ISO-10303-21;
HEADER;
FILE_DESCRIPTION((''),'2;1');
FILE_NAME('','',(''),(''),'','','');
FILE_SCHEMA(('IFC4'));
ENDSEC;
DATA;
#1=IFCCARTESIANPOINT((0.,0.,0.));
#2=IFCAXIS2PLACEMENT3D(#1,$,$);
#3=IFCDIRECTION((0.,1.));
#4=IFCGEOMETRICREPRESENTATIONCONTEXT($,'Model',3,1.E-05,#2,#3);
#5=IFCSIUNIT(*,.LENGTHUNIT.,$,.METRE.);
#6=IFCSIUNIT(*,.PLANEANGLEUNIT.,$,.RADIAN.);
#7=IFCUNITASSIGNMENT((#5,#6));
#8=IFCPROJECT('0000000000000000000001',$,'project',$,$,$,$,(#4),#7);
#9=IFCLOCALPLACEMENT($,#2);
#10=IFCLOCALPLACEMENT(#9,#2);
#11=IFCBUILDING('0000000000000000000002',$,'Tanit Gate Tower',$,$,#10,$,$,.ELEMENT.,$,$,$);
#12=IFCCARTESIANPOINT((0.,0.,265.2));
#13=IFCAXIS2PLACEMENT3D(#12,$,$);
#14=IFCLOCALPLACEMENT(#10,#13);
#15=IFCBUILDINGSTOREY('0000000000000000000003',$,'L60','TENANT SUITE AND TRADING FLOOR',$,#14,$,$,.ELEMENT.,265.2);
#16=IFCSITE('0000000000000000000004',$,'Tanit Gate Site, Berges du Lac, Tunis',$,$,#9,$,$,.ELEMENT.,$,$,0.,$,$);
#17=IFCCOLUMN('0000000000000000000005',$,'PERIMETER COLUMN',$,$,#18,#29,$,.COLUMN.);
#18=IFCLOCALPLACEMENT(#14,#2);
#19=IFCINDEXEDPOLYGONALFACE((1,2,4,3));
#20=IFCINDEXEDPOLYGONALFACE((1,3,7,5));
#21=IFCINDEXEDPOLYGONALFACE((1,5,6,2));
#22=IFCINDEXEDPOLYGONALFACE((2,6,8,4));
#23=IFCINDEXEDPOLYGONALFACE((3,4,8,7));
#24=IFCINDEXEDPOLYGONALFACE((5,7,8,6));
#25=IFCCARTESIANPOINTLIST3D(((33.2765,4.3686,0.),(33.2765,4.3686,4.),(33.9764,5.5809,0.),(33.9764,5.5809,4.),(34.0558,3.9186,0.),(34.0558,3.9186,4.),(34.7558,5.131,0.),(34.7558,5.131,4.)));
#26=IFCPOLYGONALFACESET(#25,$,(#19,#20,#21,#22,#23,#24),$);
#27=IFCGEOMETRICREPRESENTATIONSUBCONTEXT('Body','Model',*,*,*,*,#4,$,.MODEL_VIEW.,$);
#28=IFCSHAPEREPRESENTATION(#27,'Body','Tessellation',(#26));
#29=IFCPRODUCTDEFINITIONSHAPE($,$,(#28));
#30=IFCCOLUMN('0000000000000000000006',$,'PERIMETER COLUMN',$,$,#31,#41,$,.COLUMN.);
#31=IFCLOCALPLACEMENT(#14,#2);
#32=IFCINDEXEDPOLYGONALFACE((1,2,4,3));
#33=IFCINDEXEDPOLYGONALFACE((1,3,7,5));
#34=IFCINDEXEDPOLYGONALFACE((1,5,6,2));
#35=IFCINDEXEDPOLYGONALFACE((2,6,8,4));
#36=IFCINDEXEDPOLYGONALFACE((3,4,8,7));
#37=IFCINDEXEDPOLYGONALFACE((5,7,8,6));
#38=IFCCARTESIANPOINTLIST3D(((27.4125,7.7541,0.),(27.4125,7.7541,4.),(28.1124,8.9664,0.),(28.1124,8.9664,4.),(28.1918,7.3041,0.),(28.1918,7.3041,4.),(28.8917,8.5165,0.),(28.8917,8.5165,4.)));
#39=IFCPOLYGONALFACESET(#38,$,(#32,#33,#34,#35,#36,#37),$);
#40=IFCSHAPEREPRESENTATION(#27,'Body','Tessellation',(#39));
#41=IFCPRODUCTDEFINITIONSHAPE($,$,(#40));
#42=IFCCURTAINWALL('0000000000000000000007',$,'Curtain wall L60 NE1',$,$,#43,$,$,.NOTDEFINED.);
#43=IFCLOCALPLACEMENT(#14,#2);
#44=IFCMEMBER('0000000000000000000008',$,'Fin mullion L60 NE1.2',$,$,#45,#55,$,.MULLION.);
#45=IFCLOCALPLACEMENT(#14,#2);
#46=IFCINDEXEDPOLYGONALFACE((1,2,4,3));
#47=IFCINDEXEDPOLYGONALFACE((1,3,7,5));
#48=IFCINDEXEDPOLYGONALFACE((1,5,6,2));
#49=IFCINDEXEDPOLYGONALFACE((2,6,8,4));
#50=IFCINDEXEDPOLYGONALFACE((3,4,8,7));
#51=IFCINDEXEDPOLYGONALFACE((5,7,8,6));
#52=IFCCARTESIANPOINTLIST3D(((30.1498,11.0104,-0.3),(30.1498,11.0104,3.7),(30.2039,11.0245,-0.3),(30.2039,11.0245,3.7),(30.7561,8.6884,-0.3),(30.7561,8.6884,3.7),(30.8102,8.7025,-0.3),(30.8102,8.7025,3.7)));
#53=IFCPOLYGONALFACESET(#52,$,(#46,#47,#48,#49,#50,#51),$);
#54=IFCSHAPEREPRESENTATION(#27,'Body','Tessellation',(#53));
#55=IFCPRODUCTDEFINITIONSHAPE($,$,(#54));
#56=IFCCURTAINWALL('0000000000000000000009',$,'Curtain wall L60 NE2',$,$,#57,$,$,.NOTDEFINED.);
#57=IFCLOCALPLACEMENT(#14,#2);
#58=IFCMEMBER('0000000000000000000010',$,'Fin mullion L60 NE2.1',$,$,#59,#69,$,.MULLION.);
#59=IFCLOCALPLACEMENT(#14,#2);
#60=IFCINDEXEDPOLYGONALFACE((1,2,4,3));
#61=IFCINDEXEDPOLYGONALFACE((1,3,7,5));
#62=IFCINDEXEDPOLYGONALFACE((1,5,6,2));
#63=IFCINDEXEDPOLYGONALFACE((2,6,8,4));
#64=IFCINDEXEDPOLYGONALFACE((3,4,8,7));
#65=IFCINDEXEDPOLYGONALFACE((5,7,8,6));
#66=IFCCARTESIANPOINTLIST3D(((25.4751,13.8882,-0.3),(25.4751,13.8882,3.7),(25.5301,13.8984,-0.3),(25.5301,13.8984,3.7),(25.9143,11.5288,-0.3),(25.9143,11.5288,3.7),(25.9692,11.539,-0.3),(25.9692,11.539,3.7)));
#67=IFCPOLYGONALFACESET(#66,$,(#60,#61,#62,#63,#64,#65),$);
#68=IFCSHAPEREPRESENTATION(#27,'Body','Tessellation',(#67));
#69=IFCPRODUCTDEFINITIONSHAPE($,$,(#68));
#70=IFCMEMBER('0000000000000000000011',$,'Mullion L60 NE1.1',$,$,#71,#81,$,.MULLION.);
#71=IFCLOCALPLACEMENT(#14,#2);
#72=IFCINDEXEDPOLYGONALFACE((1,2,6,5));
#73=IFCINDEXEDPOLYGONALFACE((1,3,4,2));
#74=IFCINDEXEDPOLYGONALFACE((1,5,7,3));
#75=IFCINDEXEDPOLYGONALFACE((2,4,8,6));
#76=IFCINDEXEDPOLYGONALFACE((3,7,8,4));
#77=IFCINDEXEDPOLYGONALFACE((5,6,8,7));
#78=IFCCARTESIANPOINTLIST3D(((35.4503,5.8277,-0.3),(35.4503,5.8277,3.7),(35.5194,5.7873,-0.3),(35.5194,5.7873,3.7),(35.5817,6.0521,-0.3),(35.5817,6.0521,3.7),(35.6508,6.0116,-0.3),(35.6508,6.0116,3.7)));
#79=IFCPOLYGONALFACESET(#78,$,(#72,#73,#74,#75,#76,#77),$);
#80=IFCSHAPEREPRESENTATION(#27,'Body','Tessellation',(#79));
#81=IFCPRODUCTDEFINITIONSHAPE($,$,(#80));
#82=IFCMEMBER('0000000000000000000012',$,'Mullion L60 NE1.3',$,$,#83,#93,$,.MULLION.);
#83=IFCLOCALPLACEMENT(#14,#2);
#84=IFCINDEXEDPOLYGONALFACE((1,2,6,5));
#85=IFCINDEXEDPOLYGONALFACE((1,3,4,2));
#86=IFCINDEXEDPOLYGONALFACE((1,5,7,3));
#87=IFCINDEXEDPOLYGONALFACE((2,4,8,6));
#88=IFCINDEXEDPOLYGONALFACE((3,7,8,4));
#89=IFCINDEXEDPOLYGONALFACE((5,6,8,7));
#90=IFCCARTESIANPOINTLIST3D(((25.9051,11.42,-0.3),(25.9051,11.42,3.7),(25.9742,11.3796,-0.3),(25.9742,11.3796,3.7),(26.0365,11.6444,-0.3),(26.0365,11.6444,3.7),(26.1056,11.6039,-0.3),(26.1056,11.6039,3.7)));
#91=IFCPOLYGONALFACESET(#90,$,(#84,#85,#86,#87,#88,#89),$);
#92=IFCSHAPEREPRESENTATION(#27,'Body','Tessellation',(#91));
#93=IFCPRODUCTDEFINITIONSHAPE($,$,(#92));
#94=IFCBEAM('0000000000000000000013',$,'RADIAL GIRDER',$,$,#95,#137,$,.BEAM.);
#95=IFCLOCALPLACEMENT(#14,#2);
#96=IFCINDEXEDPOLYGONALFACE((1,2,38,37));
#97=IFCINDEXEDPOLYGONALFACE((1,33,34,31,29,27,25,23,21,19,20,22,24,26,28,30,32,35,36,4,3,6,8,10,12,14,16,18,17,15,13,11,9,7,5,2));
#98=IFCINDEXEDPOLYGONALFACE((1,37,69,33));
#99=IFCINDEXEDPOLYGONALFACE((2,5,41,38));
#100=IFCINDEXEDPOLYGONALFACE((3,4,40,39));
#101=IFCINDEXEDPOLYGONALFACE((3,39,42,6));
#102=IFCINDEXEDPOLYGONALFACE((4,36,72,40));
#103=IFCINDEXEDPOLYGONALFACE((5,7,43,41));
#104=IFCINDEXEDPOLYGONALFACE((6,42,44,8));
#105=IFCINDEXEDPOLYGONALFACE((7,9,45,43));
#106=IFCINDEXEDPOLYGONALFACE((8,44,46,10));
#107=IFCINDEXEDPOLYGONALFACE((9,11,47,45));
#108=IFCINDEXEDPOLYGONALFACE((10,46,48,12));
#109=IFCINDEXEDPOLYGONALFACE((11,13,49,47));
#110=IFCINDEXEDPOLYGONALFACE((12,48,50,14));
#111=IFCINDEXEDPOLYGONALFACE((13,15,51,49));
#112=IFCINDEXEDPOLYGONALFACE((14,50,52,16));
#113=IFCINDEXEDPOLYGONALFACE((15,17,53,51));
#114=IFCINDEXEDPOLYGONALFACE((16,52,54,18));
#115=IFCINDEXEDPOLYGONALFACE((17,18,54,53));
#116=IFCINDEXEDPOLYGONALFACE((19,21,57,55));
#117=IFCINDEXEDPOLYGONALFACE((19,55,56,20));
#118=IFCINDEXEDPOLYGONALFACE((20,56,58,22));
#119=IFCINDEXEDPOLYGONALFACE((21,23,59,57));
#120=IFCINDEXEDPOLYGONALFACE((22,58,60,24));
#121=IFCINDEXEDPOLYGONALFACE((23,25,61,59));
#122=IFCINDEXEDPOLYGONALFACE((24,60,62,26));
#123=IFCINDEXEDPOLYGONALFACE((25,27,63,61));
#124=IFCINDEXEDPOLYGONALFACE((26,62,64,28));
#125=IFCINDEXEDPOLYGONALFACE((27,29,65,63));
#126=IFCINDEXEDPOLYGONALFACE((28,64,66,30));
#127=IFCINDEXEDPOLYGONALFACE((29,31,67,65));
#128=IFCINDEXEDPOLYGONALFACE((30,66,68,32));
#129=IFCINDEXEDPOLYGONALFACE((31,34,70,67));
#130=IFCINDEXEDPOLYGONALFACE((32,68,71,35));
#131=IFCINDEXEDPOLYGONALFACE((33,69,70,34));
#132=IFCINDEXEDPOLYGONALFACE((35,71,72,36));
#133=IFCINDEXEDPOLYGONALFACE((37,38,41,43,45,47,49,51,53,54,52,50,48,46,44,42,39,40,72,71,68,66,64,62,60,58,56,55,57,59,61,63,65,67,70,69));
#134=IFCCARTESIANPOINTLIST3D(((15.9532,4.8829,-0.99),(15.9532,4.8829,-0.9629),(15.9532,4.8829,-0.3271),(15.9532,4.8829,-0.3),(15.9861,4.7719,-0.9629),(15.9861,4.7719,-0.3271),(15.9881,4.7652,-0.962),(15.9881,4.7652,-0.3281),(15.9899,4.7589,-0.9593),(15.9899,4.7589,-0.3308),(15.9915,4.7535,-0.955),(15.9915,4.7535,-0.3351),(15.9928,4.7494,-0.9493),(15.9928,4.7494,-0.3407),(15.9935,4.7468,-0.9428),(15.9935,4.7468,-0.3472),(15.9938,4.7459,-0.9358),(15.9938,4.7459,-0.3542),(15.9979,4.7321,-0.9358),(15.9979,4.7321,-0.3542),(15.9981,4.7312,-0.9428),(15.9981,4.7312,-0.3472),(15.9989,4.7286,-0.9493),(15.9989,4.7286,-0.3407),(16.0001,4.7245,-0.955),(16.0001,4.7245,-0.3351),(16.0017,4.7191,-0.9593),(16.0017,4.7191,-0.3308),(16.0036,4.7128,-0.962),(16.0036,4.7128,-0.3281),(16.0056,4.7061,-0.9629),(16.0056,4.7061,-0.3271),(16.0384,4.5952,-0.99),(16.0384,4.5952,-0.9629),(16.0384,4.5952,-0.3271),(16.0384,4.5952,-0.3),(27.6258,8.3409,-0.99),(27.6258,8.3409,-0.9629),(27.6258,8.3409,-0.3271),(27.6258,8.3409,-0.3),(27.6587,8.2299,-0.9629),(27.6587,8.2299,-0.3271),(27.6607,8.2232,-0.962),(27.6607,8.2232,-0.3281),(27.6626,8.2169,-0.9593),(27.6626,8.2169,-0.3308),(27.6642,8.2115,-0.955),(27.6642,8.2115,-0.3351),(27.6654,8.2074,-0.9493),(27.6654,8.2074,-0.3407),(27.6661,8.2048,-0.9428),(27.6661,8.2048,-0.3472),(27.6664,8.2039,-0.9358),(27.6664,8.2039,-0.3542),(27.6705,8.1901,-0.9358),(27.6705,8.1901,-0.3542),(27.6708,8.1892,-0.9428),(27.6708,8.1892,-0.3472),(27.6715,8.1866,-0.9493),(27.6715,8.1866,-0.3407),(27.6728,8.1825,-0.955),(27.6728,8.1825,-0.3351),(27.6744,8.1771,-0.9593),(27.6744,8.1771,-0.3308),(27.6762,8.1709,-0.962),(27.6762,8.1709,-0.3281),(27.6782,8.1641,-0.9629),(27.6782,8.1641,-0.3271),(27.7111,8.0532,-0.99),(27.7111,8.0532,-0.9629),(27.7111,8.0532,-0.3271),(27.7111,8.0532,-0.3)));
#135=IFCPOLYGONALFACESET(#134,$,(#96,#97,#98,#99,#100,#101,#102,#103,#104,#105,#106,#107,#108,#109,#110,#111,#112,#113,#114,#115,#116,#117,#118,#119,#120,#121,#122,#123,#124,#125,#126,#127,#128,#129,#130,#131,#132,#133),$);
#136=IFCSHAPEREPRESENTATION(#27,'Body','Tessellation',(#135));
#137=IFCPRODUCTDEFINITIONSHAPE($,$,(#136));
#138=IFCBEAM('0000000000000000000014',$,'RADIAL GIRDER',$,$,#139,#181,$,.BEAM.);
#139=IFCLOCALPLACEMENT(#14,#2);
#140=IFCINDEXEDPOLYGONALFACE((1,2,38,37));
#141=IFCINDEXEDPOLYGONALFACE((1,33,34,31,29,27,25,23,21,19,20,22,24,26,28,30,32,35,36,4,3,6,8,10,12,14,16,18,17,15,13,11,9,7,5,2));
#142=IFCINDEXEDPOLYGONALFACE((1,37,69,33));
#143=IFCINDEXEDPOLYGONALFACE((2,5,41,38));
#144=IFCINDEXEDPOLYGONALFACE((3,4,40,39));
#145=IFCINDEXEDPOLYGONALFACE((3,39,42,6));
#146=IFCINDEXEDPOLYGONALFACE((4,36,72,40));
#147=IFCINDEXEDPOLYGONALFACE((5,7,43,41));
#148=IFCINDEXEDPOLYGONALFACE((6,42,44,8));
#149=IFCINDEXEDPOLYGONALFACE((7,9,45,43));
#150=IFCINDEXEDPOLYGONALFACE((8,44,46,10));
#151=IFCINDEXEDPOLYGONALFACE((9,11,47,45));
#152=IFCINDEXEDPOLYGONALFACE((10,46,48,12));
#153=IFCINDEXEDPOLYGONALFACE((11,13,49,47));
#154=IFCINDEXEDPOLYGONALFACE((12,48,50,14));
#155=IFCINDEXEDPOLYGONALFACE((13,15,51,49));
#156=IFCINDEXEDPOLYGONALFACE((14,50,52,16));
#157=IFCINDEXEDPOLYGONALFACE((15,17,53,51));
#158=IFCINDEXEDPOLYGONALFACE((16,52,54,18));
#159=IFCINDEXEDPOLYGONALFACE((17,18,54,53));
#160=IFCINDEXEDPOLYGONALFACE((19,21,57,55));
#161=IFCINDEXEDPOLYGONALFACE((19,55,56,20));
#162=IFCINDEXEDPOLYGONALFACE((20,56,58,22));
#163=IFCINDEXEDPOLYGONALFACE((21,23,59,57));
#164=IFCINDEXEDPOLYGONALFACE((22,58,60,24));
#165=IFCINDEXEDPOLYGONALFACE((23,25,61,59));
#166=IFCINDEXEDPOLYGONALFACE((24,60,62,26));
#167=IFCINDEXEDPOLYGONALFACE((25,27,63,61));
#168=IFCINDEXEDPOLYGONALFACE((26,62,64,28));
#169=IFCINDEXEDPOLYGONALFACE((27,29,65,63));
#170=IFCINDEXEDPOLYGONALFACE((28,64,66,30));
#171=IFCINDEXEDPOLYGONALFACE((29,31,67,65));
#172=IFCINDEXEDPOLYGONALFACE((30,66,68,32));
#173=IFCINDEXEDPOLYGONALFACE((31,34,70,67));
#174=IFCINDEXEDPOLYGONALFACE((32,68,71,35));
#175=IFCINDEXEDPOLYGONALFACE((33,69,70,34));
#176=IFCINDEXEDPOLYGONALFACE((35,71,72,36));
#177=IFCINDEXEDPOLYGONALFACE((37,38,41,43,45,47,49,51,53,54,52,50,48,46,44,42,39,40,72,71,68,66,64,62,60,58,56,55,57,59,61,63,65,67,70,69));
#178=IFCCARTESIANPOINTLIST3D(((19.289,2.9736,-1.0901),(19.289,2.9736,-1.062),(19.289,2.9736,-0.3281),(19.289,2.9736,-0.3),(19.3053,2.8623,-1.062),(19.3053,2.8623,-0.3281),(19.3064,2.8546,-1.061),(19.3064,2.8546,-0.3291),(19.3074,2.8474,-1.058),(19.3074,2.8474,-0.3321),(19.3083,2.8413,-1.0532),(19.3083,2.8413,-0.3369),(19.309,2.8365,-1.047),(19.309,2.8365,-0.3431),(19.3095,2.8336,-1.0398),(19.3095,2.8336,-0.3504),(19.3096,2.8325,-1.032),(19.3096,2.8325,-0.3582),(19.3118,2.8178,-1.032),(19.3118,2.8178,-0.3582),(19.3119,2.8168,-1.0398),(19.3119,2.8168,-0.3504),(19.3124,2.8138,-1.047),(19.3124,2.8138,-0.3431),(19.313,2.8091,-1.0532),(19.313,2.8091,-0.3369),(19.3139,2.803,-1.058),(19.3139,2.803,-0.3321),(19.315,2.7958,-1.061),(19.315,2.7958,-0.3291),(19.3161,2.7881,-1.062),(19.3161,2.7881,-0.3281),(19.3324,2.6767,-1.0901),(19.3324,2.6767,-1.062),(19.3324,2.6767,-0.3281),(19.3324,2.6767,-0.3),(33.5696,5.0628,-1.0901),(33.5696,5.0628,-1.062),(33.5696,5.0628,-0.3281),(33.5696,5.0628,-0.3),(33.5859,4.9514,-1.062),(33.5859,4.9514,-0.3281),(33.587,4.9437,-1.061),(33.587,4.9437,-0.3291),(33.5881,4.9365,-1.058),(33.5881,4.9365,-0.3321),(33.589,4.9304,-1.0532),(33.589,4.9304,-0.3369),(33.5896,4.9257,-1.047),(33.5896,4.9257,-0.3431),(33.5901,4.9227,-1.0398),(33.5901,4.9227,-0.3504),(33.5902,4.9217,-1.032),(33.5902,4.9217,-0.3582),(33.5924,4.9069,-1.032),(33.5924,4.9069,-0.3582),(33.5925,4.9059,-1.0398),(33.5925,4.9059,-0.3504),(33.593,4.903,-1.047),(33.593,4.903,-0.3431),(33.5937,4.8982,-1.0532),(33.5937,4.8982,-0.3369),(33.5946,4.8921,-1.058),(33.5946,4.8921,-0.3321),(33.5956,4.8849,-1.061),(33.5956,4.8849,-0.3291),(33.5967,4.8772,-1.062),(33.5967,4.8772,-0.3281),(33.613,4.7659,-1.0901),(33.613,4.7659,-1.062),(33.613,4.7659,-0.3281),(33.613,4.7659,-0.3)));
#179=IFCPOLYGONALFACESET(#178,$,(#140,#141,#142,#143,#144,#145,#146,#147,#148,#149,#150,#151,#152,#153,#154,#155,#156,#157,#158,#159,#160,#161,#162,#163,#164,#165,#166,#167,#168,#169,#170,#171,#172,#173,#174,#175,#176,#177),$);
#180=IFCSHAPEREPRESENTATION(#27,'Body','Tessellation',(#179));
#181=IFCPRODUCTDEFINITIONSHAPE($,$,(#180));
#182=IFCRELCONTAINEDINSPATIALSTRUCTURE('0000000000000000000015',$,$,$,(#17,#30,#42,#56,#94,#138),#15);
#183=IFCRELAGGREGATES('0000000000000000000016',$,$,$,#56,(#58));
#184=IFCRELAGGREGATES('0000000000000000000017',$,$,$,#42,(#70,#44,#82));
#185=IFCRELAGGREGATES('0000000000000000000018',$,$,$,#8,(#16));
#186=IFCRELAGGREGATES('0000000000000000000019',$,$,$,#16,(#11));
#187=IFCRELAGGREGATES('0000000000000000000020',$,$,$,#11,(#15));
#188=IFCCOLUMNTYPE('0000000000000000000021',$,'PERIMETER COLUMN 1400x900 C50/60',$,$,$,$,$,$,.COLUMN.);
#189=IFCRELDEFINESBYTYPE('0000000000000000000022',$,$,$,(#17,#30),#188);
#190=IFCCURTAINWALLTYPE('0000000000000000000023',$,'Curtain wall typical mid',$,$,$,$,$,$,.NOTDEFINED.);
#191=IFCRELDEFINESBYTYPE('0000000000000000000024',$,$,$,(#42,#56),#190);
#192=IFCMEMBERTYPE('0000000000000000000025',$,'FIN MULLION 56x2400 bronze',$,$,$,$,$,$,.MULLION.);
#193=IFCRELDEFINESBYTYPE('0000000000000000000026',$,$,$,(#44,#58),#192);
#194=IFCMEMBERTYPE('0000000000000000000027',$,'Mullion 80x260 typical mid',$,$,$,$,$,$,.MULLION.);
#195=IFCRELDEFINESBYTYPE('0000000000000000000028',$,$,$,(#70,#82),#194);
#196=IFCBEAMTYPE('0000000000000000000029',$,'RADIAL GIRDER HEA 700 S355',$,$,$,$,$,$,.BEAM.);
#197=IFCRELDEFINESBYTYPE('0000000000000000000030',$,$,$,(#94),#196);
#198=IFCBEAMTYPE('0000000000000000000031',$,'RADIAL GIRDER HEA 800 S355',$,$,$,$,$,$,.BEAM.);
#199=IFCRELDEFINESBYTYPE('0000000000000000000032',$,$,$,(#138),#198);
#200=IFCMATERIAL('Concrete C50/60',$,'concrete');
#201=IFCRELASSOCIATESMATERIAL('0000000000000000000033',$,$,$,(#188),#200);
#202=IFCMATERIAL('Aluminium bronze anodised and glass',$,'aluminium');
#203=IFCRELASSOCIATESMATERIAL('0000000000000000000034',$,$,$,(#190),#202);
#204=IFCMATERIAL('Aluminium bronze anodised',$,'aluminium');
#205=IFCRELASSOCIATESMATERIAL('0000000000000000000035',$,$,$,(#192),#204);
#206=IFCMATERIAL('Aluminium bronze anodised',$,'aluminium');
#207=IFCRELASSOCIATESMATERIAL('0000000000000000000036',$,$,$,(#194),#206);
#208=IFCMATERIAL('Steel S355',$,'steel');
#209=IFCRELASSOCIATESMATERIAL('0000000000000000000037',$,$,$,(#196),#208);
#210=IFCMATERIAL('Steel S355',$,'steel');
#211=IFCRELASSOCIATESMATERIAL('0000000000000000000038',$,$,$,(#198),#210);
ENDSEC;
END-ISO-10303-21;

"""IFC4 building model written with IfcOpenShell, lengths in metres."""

from ifc_helpers import new_model, si_unit, direction, frame, origin, origin_2d, place, context, subcontext, project, spatial, rectangle, i_section, extrude, material, material_profile, profile_set, type_object, element, aggregate, save


model = new_model("IFC4")

# Units and contexts
model_context = context("Model", 3, precision=1e-05, world=origin(), true_north=direction((0.0, 1.0)))
body_context = subcontext(model_context, "Body", "Model", "MODEL_VIEW")
ifc_project = project(units=[si_unit("LENGTHUNIT", "METRE"), si_unit("PLANEANGLEUNIT", "RADIAN")], contexts=[model_context])

# Site, building, storey
site_placement = place(None, origin())
site = spatial("IfcSite", under=ifc_project, at=site_placement, Name="Tanit Gate Site, Berges du Lac, Tunis", CompositionType="ELEMENT", RefElevation=0.0)
building_placement = place(site_placement, origin())
building = spatial("IfcBuilding", under=site, at=building_placement, Name="Tanit Gate Tower", CompositionType="ELEMENT")
storey_placement = place(building_placement, frame((0.0, 0.0, 265.2)))
storey = spatial("IfcBuildingStorey", under=building, at=storey_placement, Name="L60", Description="TENANT SUITE AND TRADING FLOOR", CompositionType="ELEMENT", Elevation=265.2)

# Columns
ifc_material_1 = material(Name="Concrete C50/60", Category="concrete")
ifc_material_profile_1 = material_profile(ifc_material_1, rectangle(XDim=1.3999, YDim=0.8999, at=origin_2d()), Name="RC 1400x900")
ifc_profile_set_1 = profile_set([ifc_material_profile_1], Name="Concrete C50/60")
column_type = type_object("IfcColumnType", Name="PERIMETER COLUMN 1400x900 C50/60", PredefinedType="COLUMN", material=ifc_profile_set_1)
for number, where, z_axis, x_axis, name in (
    (1, (34.0161, 4.7498, 0.0), (0.0, 0.0, 1.0), (0.5, 0.866025, 0.0), "PERIMETER COLUMN"),
    (2, (28.1521, 8.1353, 0.0), (0.0, 0.0, 1.0), (0.5, 0.866025, 0.0), "PERIMETER COLUMN"),
):
    element("IfcColumn", number, at=place(storey_placement, frame(where, z_axis=z_axis, x_axis=x_axis)), inside=storey, type_object=column_type, Name=name, PredefinedType="COLUMN", context=body_context, shape_type="SweptSolid", body=[
        extrude(rectangle(XDim=1.3999, YDim=0.8999, at=origin_2d()), origin(), (0.0, 0.0, 1.0), 4.0),
    ])

# Curtain walls, members
ifc_material_2 = material(Name="Aluminium bronze anodised and glass", Category="aluminium")
curtain_wall_type = type_object("IfcCurtainWallType", Name="Curtain wall typical mid", PredefinedType="NOTDEFINED", material=ifc_material_2)
curtain_wall_1_placement = place(storey_placement, origin())
curtain_wall_1 = element("IfcCurtainWall", 3, at=curtain_wall_1_placement, inside=storey, type_object=curtain_wall_type, Name="Curtain wall L60 NE1", PredefinedType="NOTDEFINED")
ifc_material_3 = material(Name="Aluminium bronze anodised", Category="aluminium")
ifc_material_profile_2 = material_profile(ifc_material_3, rectangle(XDim=2.3999, YDim=0.0559, at=origin_2d()), Name="56x2400 bronze fin mullion")
ifc_profile_set_2 = profile_set([ifc_material_profile_2], Name="Aluminium bronze anodised")
member_type_1 = type_object("IfcMemberType", Name="FIN MULLION 56x2400 bronze", PredefinedType="MULLION", material=ifc_profile_set_2)
member_1_placement = place(storey_placement, frame((30.48, 9.8564, -0.3), z_axis=(0.0, 0.0, 1.0), x_axis=(0.252657, -0.967556, 0.0)))
member_1 = element("IfcMember", 4, at=member_1_placement, type_object=member_type_1, Name="Fin mullion L60 NE1.2", PredefinedType="MULLION", context=body_context, shape_type="SweptSolid", body=[
    extrude(rectangle(XDim=2.3999, YDim=0.0559, at=origin_2d()), origin(), (0.0, 0.0, 1.0), 4.0),
])
curtain_wall_2_placement = place(storey_placement, origin())
curtain_wall_2 = element("IfcCurtainWall", 5, at=curtain_wall_2_placement, inside=storey, type_object=curtain_wall_type, Name="Curtain wall L60 NE2", PredefinedType="NOTDEFINED")
member_2_placement = place(storey_placement, frame((25.7222, 12.7136, -0.3), z_axis=(0.0, 0.0, 1.0), x_axis=(0.182983, -0.983116, 0.0)))
member_2 = element("IfcMember", 6, at=member_2_placement, type_object=member_type_1, Name="Fin mullion L60 NE2.1", PredefinedType="MULLION", context=body_context, shape_type="SweptSolid", body=[
    extrude(rectangle(XDim=2.3999, YDim=0.0559, at=origin_2d()), origin(), (0.0, 0.0, 1.0), 4.0),
])

# Members
ifc_material_4 = material(Name="Aluminium bronze anodised", Category="aluminium")
ifc_material_profile_3 = material_profile(ifc_material_4, rectangle(XDim=0.26, YDim=0.0801, at=origin_2d()), Name="80x260 bronze mullion")
ifc_profile_set_3 = profile_set([ifc_material_profile_3], Name="Aluminium bronze anodised")
member_type_2 = type_object("IfcMemberType", Name="Mullion 80x260 typical mid", PredefinedType="MULLION", material=ifc_profile_set_3)
member_3_placement = place(storey_placement, frame((35.5505, 5.9197, -0.3), z_axis=(0.0, 0.0, 1.0), x_axis=(-0.50551, -0.862821, 0.0)))
member_3 = element("IfcMember", 7, at=member_3_placement, type_object=member_type_2, Name="Mullion L60 NE1.1", PredefinedType="MULLION", context=body_context, shape_type="SweptSolid", body=[
    extrude(rectangle(XDim=0.26, YDim=0.0801, at=origin_2d()), origin(), (0.0, 0.0, 1.0), 4.0),
])
member_4_placement = place(storey_placement, frame((26.0054, 11.512, -0.3), z_axis=(0.0, 0.0, 1.0), x_axis=(-0.50551, -0.862821, 0.0)))
member_4 = element("IfcMember", 8, at=member_4_placement, type_object=member_type_2, Name="Mullion L60 NE1.3", PredefinedType="MULLION", context=body_context, shape_type="SweptSolid", body=[
    extrude(rectangle(XDim=0.26, YDim=0.0801, at=origin_2d()), origin(), (0.0, 0.0, 1.0), 4.0),
])

# Beams
ifc_material_5 = material(Name="Steel S355", Category="steel")
ifc_material_profile_4 = material_profile(ifc_material_5, i_section(OverallWidth=0.3, OverallDepth=0.6899, WebThickness=0.0144, FlangeThickness=0.0271, FilletRadius=0.0271, at=origin_2d()), Name="HEA 700")
ifc_profile_set_4 = profile_set([ifc_material_profile_4], Name="Steel S355")
beam_type_1 = type_object("IfcBeamType", Name="RADIAL GIRDER HEA 700 S355", PredefinedType="BEAM", material=ifc_profile_set_4)
beam_1_placement = place(storey_placement, frame((27.6685, 8.197, -0.645), z_axis=(-0.95881, -0.284047, 0.0), x_axis=(0.284047, -0.95881, 0.0)))
element("IfcBeam", 9, at=beam_1_placement, inside=storey, type_object=beam_type_1, Name="RADIAL GIRDER", PredefinedType="BEAM", context=body_context, shape_type="SweptSolid", body=[
    extrude(i_section(OverallWidth=0.3, OverallDepth=0.6899, WebThickness=0.0144, FlangeThickness=0.0271, FilletRadius=0.0271, at=origin_2d()), origin(), (0.0, 0.0, 1.0), 12.1741),
])
ifc_material_6 = material(Name="Steel S355", Category="steel")
ifc_material_profile_5 = material_profile(ifc_material_6, i_section(OverallWidth=0.3, OverallDepth=0.79, WebThickness=0.0149, FlangeThickness=0.0281, FilletRadius=0.03, at=origin_2d()), Name="HEA 800")
ifc_profile_set_5 = profile_set([ifc_material_profile_5], Name="Steel S355")
beam_type_2 = type_object("IfcBeamType", Name="RADIAL GIRDER HEA 800 S355", PredefinedType="BEAM", material=ifc_profile_set_5)
beam_2_placement = place(storey_placement, frame((33.5913, 4.9143, -0.6951), z_axis=(-0.989468, -0.14475, 0.0), x_axis=(0.14475, -0.989468, 0.0)))
element("IfcBeam", 10, at=beam_2_placement, inside=storey, type_object=beam_type_2, Name="RADIAL GIRDER", PredefinedType="BEAM", context=body_context, shape_type="SweptSolid", body=[
    extrude(i_section(OverallWidth=0.3, OverallDepth=0.79, WebThickness=0.0149, FlangeThickness=0.0281, FilletRadius=0.03, at=origin_2d()), origin(), (0.0, 0.0, 1.0), 14.4326),
])

aggregate(curtain_wall_2, [member_2])

aggregate(curtain_wall_1, [member_3, member_1, member_4])

save(model, "model.ifc")
